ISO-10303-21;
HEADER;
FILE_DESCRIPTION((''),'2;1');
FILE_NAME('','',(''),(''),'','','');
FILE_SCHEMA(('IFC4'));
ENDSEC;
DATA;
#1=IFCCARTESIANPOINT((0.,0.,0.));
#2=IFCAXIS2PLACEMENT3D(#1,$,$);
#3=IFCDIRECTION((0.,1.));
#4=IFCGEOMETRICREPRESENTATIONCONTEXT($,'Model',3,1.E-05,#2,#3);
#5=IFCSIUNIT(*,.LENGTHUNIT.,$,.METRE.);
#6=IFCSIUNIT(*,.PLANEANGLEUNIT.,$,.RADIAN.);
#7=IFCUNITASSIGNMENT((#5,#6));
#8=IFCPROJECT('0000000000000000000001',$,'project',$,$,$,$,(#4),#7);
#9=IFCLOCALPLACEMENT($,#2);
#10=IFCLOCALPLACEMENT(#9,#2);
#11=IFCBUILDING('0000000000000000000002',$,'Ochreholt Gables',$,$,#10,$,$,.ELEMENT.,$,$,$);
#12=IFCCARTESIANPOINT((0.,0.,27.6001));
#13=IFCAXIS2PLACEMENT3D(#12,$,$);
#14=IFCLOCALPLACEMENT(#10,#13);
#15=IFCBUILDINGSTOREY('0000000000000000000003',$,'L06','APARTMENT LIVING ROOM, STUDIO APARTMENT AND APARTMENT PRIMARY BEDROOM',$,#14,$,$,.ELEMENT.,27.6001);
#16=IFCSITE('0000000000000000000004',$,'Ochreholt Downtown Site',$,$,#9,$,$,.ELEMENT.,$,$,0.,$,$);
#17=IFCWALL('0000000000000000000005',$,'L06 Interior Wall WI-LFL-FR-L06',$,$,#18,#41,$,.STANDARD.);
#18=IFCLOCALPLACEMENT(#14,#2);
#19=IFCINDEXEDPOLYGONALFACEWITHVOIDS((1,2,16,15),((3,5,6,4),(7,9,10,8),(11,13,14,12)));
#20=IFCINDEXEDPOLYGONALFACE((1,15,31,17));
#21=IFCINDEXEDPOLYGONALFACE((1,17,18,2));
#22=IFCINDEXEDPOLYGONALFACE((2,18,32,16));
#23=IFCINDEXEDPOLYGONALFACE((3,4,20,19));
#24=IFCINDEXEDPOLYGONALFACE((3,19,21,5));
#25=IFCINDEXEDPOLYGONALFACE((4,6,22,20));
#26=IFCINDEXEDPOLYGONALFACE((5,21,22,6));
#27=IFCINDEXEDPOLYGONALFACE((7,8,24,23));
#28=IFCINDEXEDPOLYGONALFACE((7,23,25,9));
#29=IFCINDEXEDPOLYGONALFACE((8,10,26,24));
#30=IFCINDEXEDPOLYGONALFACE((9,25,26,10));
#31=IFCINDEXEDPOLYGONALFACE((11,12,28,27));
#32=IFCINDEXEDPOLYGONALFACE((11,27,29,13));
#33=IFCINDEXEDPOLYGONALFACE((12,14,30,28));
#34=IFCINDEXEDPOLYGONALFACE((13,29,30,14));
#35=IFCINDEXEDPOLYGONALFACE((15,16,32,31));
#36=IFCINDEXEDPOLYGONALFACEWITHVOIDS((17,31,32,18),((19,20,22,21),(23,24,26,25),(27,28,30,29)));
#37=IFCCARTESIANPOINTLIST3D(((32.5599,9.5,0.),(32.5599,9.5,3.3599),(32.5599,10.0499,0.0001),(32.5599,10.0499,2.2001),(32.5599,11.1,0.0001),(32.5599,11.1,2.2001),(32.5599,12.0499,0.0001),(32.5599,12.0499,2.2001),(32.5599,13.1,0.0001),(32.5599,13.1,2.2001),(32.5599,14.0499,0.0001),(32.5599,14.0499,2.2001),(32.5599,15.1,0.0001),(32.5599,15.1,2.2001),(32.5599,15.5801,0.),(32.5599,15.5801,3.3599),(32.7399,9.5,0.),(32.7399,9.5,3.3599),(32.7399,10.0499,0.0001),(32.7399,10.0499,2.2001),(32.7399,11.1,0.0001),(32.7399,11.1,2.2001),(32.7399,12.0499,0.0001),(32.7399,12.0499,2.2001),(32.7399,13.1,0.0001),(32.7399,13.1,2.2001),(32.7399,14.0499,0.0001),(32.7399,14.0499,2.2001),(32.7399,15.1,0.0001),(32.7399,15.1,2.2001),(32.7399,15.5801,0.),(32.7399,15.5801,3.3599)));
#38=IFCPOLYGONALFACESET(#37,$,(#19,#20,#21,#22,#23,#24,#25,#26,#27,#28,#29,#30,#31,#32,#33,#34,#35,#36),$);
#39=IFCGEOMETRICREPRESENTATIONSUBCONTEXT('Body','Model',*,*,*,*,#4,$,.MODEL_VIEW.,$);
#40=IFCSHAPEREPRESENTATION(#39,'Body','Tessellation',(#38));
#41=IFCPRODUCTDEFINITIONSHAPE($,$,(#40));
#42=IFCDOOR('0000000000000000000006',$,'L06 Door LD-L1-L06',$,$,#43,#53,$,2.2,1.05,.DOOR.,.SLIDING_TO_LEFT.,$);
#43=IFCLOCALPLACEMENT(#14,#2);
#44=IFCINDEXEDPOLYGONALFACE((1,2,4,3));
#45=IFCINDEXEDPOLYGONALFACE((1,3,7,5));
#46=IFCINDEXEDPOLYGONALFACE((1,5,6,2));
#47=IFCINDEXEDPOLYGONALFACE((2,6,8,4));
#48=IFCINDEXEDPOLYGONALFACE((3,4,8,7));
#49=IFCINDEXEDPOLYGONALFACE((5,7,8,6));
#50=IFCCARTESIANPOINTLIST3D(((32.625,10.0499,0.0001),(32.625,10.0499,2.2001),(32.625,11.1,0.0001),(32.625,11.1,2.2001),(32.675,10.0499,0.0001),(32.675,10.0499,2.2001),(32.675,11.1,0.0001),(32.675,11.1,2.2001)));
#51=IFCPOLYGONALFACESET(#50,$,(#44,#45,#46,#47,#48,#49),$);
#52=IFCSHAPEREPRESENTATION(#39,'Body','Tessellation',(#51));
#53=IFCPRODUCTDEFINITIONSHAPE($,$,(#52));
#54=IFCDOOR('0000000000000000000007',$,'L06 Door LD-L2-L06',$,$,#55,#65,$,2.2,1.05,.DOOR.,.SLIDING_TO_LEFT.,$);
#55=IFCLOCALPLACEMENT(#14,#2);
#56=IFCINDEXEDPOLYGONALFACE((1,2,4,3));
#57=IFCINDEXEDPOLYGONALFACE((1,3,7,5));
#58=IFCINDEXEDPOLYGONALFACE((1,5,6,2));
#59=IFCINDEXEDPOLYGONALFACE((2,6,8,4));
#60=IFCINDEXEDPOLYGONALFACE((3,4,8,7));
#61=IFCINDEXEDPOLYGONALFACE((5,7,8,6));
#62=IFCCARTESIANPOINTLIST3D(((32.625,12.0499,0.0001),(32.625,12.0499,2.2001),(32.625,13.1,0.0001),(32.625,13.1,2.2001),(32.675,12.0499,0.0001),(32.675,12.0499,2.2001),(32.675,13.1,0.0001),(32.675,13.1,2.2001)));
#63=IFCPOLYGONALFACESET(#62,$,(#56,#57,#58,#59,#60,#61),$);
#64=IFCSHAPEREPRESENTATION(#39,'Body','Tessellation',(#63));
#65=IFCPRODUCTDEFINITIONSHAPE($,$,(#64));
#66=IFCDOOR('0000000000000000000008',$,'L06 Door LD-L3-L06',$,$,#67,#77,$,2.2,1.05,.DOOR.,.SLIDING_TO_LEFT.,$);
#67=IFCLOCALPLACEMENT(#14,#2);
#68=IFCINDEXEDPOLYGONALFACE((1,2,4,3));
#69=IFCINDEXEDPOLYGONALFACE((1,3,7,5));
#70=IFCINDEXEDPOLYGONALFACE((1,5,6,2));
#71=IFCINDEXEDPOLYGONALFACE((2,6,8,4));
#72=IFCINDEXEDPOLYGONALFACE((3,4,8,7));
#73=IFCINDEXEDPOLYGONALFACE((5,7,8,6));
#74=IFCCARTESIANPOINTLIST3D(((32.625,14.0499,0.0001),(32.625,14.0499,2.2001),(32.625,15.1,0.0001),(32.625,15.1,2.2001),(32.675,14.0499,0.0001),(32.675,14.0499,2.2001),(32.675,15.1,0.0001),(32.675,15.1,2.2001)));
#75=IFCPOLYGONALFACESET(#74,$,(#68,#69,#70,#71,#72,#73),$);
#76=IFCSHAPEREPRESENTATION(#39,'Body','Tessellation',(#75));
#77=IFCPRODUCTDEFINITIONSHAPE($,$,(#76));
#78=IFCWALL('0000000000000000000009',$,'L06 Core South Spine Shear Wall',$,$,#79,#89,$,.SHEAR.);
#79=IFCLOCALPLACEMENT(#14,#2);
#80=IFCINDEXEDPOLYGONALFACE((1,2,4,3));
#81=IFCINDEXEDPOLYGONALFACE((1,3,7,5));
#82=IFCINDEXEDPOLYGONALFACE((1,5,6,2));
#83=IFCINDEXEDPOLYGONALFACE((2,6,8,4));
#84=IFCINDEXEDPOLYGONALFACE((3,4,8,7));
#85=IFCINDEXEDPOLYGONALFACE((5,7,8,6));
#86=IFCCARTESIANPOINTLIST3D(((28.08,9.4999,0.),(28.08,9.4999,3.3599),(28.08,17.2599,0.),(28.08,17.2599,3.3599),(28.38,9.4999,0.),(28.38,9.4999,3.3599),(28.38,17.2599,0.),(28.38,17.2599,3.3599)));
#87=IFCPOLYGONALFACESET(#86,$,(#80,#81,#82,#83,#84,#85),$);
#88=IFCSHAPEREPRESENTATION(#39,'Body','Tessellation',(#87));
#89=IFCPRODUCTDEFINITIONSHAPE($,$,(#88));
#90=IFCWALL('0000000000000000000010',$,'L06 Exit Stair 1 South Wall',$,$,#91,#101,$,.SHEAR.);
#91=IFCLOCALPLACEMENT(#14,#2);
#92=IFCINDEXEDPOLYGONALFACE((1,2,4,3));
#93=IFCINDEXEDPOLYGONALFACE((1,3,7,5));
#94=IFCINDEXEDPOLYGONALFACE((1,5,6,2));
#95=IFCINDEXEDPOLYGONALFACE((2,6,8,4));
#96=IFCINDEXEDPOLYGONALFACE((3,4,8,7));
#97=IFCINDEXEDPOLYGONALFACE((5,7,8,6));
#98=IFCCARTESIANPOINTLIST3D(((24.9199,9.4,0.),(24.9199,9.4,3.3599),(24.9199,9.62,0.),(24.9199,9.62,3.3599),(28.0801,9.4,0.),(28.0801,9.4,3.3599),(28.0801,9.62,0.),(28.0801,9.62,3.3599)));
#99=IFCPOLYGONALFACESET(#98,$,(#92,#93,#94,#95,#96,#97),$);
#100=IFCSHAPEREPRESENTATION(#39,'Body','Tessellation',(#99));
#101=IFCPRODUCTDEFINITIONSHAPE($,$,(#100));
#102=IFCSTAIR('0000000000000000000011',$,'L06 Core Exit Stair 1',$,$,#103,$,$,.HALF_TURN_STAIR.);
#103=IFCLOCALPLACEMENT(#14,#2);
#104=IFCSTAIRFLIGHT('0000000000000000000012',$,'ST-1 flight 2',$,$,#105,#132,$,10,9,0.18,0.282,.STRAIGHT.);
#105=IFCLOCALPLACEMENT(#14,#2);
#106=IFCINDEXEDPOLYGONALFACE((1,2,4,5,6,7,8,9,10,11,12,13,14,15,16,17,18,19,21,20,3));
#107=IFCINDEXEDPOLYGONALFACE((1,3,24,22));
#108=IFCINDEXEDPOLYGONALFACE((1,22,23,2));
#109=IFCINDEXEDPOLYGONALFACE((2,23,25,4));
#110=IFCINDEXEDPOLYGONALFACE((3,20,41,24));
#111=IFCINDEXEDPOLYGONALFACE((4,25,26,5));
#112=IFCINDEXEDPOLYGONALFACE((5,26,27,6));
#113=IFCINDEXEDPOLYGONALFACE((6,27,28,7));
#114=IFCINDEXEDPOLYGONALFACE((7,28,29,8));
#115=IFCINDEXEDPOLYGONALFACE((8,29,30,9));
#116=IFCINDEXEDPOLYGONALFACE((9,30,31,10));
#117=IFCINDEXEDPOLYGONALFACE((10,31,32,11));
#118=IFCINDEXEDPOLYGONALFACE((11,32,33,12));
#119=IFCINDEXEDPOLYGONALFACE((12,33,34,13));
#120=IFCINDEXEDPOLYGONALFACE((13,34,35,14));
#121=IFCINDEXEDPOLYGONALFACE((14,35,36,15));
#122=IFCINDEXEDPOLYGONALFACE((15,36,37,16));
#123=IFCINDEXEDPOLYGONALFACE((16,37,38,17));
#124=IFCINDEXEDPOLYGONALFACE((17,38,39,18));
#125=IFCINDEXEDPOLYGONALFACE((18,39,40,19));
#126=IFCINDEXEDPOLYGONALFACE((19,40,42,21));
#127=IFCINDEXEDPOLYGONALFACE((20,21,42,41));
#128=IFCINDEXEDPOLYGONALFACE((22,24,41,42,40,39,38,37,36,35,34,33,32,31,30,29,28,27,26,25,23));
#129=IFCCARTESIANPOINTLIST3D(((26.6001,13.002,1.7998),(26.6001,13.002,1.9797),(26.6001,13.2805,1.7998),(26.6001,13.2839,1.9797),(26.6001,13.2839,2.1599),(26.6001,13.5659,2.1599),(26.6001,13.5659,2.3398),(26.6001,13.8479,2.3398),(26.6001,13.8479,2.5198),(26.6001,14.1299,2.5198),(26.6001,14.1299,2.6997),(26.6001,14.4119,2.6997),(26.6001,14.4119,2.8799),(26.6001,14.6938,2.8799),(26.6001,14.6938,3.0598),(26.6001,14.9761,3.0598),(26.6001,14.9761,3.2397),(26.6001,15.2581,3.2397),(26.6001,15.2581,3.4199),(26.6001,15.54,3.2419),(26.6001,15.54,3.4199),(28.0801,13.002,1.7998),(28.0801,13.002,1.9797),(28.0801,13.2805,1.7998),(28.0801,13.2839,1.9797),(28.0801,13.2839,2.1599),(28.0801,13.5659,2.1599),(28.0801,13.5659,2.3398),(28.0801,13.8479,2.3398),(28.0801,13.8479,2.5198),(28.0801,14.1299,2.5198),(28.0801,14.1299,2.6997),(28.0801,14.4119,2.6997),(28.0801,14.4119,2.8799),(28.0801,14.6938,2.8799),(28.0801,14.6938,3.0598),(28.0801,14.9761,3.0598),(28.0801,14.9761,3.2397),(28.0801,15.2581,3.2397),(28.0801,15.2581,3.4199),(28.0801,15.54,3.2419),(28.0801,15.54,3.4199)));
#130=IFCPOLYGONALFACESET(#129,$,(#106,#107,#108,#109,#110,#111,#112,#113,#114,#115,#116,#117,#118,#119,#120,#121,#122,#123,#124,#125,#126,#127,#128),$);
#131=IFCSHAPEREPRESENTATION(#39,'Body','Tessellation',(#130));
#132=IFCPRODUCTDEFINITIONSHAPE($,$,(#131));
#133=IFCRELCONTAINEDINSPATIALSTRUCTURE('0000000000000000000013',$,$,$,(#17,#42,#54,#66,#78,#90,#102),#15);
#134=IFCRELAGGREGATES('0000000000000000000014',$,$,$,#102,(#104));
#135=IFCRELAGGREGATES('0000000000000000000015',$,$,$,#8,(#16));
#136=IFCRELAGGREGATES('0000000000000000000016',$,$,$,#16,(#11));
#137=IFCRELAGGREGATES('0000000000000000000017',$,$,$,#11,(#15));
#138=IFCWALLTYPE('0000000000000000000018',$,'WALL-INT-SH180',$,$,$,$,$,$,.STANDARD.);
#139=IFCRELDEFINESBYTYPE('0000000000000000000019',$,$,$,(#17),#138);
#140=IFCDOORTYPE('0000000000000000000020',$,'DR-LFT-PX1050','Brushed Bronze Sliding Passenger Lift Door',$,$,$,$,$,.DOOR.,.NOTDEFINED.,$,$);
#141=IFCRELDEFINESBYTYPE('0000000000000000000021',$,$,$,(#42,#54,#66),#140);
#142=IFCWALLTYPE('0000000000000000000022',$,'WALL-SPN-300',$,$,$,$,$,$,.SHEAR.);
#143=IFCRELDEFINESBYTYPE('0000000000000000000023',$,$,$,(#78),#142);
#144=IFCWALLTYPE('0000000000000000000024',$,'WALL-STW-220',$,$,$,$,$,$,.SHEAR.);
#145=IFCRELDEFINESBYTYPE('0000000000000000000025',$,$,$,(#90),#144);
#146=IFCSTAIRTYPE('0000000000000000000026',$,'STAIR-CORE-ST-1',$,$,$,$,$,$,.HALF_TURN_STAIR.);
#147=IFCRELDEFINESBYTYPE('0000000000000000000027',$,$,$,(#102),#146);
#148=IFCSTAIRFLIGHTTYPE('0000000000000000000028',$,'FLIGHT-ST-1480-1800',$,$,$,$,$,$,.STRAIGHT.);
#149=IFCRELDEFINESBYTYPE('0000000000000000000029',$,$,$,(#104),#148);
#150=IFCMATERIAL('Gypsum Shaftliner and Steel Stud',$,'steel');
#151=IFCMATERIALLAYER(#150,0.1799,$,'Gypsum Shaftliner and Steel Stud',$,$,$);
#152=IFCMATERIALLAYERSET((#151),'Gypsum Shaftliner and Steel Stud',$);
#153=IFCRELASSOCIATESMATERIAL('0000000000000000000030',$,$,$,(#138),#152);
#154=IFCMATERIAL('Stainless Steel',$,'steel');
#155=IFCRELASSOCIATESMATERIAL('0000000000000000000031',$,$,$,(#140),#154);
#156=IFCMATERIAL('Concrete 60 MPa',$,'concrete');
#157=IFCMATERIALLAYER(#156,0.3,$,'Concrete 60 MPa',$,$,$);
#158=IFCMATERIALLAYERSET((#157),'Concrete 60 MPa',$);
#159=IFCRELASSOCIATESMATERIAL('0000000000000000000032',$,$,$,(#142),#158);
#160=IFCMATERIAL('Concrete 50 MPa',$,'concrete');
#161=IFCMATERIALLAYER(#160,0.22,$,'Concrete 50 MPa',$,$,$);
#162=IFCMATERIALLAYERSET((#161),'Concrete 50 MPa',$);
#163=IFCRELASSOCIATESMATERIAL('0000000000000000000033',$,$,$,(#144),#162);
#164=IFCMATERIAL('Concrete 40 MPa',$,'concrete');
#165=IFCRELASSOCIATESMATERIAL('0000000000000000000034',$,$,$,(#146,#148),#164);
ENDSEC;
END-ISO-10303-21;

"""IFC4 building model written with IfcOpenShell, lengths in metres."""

from ifc_helpers import new_model, si_unit, direction, frame, frame_2d, origin, place, context, subcontext, project, spatial, polyline, rectangle, outline, extrude, material, layer, layer_set, type_object, element, fill, aggregate, save


model = new_model("IFC4")

# Units and contexts
model_context = context("Model", 3, precision=1e-05, world=origin(), true_north=direction((0.0, 1.0)))
body_context = subcontext(model_context, "Body", "Model", "MODEL_VIEW")
ifc_project = project(units=[si_unit("LENGTHUNIT", "METRE"), si_unit("PLANEANGLEUNIT", "RADIAN")], contexts=[model_context])

# Site, building, storey
site_placement = place(None, origin())
site = spatial("IfcSite", under=ifc_project, at=site_placement, Name="Ochreholt Downtown Site", CompositionType="ELEMENT", RefElevation=0.0)
building_placement = place(site_placement, origin())
building = spatial("IfcBuilding", under=site, at=building_placement, Name="Ochreholt Gables", CompositionType="ELEMENT")
storey_placement = place(building_placement, frame((0.0, 0.0, 27.6001)))
storey = spatial("IfcBuildingStorey", under=building, at=storey_placement, Name="L06", Description="APARTMENT LIVING ROOM, STUDIO APARTMENT AND APARTMENT PRIMARY BEDROOM", CompositionType="ELEMENT", Elevation=27.6001)

# Shared definitions
ifc_material_1 = material(Name="Concrete 60 MPa", Category="concrete")

# Shared definitions
ifc_material_2 = material(Name="Gypsum Shaftliner and Steel Stud", Category="steel")

# Wall, openings, doors
ifc_layer_1 = layer(ifc_material_2, 0.1799, Name="Gypsum Shaftliner and Steel Stud")
ifc_layer_set_1 = layer_set([ifc_layer_1], Name="Gypsum Shaftliner and Steel Stud")
wall_type_1 = type_object("IfcWallType", Name="WALL-INT-SH180", PredefinedType="STANDARD", material=ifc_layer_set_1)
wall_1_placement = place(storey_placement, frame((32.6499, 9.5, 0.0), z_axis=(0.0, 0.0, 1.0), x_axis=(0.0, 1.0, 0.0)))
wall_1 = element("IfcWall", 1, at=wall_1_placement, inside=storey, type_object=wall_type_1, Name="L06 Interior Wall WI-LFL-FR-L06", PredefinedType="STANDARD", context=body_context, shape_type="SweptSolid", body=[
    extrude(rectangle(XDim=6.0801, YDim=0.1799, at=frame_2d((3.04, 0.0))), origin(), (0.0, 0.0, 1.0), 3.3599),
])
opening_1_placement = place(wall_1_placement, frame((0.55, 0.0, 0.0)))
opening_1 = element("IfcOpeningElement", 2, at=opening_1_placement, cuts=wall_1, PredefinedType="OPENING", context=body_context, shape_type="SweptSolid", body=[
    extrude(rectangle(XDim=1.05, YDim=2.2, at=frame_2d((0.5249, 1.1001))), frame((0.0, 0.0999, 0.0), z_axis=(0.0, -1.0, 0.0), x_axis=(1.0, 0.0, 0.0)), (0.0, 0.0, 1.0), 0.2),
])
opening_2_placement = place(wall_1_placement, frame((2.55, 0.0, 0.0)))
opening_2 = element("IfcOpeningElement", 3, at=opening_2_placement, cuts=wall_1, PredefinedType="OPENING", context=body_context, shape_type="SweptSolid", body=[
    extrude(rectangle(XDim=1.05, YDim=2.2, at=frame_2d((0.5249, 1.1001))), frame((0.0, 0.0999, 0.0), z_axis=(0.0, -1.0, 0.0), x_axis=(1.0, 0.0, 0.0)), (0.0, 0.0, 1.0), 0.2),
])
opening_3_placement = place(wall_1_placement, frame((4.55, 0.0, 0.0)))
opening_3 = element("IfcOpeningElement", 4, at=opening_3_placement, cuts=wall_1, PredefinedType="OPENING", context=body_context, shape_type="SweptSolid", body=[
    extrude(rectangle(XDim=1.05, YDim=2.2, at=frame_2d((0.5249, 1.1001))), frame((0.0, 0.0999, 0.0), z_axis=(0.0, -1.0, 0.0), x_axis=(1.0, 0.0, 0.0)), (0.0, 0.0, 1.0), 0.2),
])
ifc_material_3 = material(Name="Stainless Steel", Category="steel")
door_type_1 = type_object("IfcDoorType", Name="DR-LFT-PX1050", Description="Brushed Bronze Sliding Passenger Lift Door", OperationType="NOTDEFINED", PredefinedType="DOOR", material=ifc_material_3)
door_1_placement = place(opening_1_placement, origin())
door_1 = element("IfcDoor", 5, at=door_1_placement, inside=storey, type_object=door_type_1, Name="L06 Door LD-L1-L06", OperationType="SLIDING_TO_LEFT", OverallHeight=2.2, OverallWidth=1.05, PredefinedType="DOOR", context=body_context, shape_type="SweptSolid", body=[
    extrude(rectangle(XDim=1.05, YDim=2.2, at=frame_2d((0.5249, 1.1001))), frame((0.0, 0.0249, 0.0), z_axis=(0.0, -1.0, 0.0), x_axis=(1.0, 0.0, 0.0)), (0.0, 0.0, 1.0), 0.05),
])
fill(opening_1, door_1)
door_2_placement = place(opening_2_placement, origin())
door_2 = element("IfcDoor", 6, at=door_2_placement, inside=storey, type_object=door_type_1, Name="L06 Door LD-L2-L06", OperationType="SLIDING_TO_LEFT", OverallHeight=2.2, OverallWidth=1.05, PredefinedType="DOOR", context=body_context, shape_type="SweptSolid", body=[
    extrude(rectangle(XDim=1.05, YDim=2.2, at=frame_2d((0.5249, 1.1001))), frame((0.0, 0.0249, 0.0), z_axis=(0.0, -1.0, 0.0), x_axis=(1.0, 0.0, 0.0)), (0.0, 0.0, 1.0), 0.05),
])
fill(opening_2, door_2)
door_3_placement = place(opening_3_placement, origin())
door_3 = element("IfcDoor", 7, at=door_3_placement, inside=storey, type_object=door_type_1, Name="L06 Door LD-L3-L06", OperationType="SLIDING_TO_LEFT", OverallHeight=2.2, OverallWidth=1.05, PredefinedType="DOOR", context=body_context, shape_type="SweptSolid", body=[
    extrude(rectangle(XDim=1.05, YDim=2.2, at=frame_2d((0.5249, 1.1001))), frame((0.0, 0.0249, 0.0), z_axis=(0.0, -1.0, 0.0), x_axis=(1.0, 0.0, 0.0)), (0.0, 0.0, 1.0), 0.05),
])
fill(opening_3, door_3)

# Walls
ifc_layer_2 = layer(ifc_material_1, 0.3, Name="Concrete 60 MPa")
ifc_layer_set_2 = layer_set([ifc_layer_2], Name="Concrete 60 MPa")
wall_type_2 = type_object("IfcWallType", Name="WALL-SPN-300", PredefinedType="SHEAR", material=ifc_layer_set_2)
wall_2_placement = place(storey_placement, frame((28.23, 9.5, 0.0), z_axis=(0.0, 0.0, 1.0), x_axis=(0.0, 1.0, 0.0)))
element("IfcWall", 8, at=wall_2_placement, inside=storey, type_object=wall_type_2, Name="L06 Core South Spine Shear Wall", PredefinedType="SHEAR", context=body_context, shape_type="SweptSolid", body=[
    extrude(rectangle(XDim=7.76, YDim=0.3, at=frame_2d((3.8799, 0.0))), origin(), (0.0, 0.0, 1.0), 3.3599),
])
ifc_material_4 = material(Name="Concrete 50 MPa", Category="concrete")
ifc_layer_3 = layer(ifc_material_4, 0.22, Name="Concrete 50 MPa")
ifc_layer_set_3 = layer_set([ifc_layer_3], Name="Concrete 50 MPa")
wall_type_3 = type_object("IfcWallType", Name="WALL-STW-220", PredefinedType="SHEAR", material=ifc_layer_set_3)
wall_3_placement = place(storey_placement, frame((24.9199, 9.51, 0.0), z_axis=(0.0, 0.0, 1.0), x_axis=(1.0, 0.0, 0.0)))
element("IfcWall", 9, at=wall_3_placement, inside=storey, type_object=wall_type_3, Name="L06 Exit Stair 1 South Wall", PredefinedType="SHEAR", context=body_context, shape_type="SweptSolid", body=[
    extrude(rectangle(XDim=3.1602, YDim=0.22, at=frame_2d((1.5801, 0.0))), origin(), (0.0, 0.0, 1.0), 3.3599),
])

# Stair, stair flight
ifc_material_5 = material(Name="Concrete 40 MPa", Category="concrete")
stair_type = type_object("IfcStairType", Name="STAIR-CORE-ST-1", PredefinedType="HALF_TURN_STAIR", material=ifc_material_5)
stair_placement = place(storey_placement, origin())
stair = element("IfcStair", 10, at=stair_placement, inside=storey, type_object=stair_type, Name="L06 Core Exit Stair 1", PredefinedType="HALF_TURN_STAIR")
stair_flight_type = type_object("IfcStairFlightType", Name="FLIGHT-ST-1480-1800", PredefinedType="STRAIGHT", material=ifc_material_5)
stair_flight_placement = place(storey_placement, frame((27.3401, 13.002, 1.7998), z_axis=(0.0, 0.0, 1.0), x_axis=(0.0, 1.0, 0.0)))
stair_flight = element("IfcStairFlight", 11, at=stair_flight_placement, type_object=stair_flight_type, Name="ST-1 flight 2", NumberOfRisers=10, NumberOfTreads=9, PredefinedType="STRAIGHT", RiserHeight=0.18, TreadLength=0.282, context=body_context, shape_type="SweptSolid", body=[
    extrude(outline(polyline([(0.0, 0.0), (0.0, 0.1799), (0.282, 0.1799), (0.282, 0.3601), (0.564, 0.3601), (0.564, 0.54), (0.8459, 0.54), (0.8459, 0.72), (1.1279, 0.72), (1.1279, 0.8999), (1.4099, 0.8999), (1.4099, 1.0801), (1.6919, 1.0801), (1.6919, 1.26), (1.9741, 1.26), (1.9741, 1.4399), (2.2561, 1.4399), (2.2561, 1.6201), (2.5381, 1.6201), (2.5381, 1.8), (2.5381, 1.4421), (0.2786, 0.0), (0.0, 0.0)])), frame((0.0, 0.74, 0.0), z_axis=(0.0, -1.0, 0.0), x_axis=(1.0, 0.0, 0.0)), (0.0, 0.0, 1.0), 1.48),
])
aggregate(stair, [stair_flight])

save(model, "model.ifc")
